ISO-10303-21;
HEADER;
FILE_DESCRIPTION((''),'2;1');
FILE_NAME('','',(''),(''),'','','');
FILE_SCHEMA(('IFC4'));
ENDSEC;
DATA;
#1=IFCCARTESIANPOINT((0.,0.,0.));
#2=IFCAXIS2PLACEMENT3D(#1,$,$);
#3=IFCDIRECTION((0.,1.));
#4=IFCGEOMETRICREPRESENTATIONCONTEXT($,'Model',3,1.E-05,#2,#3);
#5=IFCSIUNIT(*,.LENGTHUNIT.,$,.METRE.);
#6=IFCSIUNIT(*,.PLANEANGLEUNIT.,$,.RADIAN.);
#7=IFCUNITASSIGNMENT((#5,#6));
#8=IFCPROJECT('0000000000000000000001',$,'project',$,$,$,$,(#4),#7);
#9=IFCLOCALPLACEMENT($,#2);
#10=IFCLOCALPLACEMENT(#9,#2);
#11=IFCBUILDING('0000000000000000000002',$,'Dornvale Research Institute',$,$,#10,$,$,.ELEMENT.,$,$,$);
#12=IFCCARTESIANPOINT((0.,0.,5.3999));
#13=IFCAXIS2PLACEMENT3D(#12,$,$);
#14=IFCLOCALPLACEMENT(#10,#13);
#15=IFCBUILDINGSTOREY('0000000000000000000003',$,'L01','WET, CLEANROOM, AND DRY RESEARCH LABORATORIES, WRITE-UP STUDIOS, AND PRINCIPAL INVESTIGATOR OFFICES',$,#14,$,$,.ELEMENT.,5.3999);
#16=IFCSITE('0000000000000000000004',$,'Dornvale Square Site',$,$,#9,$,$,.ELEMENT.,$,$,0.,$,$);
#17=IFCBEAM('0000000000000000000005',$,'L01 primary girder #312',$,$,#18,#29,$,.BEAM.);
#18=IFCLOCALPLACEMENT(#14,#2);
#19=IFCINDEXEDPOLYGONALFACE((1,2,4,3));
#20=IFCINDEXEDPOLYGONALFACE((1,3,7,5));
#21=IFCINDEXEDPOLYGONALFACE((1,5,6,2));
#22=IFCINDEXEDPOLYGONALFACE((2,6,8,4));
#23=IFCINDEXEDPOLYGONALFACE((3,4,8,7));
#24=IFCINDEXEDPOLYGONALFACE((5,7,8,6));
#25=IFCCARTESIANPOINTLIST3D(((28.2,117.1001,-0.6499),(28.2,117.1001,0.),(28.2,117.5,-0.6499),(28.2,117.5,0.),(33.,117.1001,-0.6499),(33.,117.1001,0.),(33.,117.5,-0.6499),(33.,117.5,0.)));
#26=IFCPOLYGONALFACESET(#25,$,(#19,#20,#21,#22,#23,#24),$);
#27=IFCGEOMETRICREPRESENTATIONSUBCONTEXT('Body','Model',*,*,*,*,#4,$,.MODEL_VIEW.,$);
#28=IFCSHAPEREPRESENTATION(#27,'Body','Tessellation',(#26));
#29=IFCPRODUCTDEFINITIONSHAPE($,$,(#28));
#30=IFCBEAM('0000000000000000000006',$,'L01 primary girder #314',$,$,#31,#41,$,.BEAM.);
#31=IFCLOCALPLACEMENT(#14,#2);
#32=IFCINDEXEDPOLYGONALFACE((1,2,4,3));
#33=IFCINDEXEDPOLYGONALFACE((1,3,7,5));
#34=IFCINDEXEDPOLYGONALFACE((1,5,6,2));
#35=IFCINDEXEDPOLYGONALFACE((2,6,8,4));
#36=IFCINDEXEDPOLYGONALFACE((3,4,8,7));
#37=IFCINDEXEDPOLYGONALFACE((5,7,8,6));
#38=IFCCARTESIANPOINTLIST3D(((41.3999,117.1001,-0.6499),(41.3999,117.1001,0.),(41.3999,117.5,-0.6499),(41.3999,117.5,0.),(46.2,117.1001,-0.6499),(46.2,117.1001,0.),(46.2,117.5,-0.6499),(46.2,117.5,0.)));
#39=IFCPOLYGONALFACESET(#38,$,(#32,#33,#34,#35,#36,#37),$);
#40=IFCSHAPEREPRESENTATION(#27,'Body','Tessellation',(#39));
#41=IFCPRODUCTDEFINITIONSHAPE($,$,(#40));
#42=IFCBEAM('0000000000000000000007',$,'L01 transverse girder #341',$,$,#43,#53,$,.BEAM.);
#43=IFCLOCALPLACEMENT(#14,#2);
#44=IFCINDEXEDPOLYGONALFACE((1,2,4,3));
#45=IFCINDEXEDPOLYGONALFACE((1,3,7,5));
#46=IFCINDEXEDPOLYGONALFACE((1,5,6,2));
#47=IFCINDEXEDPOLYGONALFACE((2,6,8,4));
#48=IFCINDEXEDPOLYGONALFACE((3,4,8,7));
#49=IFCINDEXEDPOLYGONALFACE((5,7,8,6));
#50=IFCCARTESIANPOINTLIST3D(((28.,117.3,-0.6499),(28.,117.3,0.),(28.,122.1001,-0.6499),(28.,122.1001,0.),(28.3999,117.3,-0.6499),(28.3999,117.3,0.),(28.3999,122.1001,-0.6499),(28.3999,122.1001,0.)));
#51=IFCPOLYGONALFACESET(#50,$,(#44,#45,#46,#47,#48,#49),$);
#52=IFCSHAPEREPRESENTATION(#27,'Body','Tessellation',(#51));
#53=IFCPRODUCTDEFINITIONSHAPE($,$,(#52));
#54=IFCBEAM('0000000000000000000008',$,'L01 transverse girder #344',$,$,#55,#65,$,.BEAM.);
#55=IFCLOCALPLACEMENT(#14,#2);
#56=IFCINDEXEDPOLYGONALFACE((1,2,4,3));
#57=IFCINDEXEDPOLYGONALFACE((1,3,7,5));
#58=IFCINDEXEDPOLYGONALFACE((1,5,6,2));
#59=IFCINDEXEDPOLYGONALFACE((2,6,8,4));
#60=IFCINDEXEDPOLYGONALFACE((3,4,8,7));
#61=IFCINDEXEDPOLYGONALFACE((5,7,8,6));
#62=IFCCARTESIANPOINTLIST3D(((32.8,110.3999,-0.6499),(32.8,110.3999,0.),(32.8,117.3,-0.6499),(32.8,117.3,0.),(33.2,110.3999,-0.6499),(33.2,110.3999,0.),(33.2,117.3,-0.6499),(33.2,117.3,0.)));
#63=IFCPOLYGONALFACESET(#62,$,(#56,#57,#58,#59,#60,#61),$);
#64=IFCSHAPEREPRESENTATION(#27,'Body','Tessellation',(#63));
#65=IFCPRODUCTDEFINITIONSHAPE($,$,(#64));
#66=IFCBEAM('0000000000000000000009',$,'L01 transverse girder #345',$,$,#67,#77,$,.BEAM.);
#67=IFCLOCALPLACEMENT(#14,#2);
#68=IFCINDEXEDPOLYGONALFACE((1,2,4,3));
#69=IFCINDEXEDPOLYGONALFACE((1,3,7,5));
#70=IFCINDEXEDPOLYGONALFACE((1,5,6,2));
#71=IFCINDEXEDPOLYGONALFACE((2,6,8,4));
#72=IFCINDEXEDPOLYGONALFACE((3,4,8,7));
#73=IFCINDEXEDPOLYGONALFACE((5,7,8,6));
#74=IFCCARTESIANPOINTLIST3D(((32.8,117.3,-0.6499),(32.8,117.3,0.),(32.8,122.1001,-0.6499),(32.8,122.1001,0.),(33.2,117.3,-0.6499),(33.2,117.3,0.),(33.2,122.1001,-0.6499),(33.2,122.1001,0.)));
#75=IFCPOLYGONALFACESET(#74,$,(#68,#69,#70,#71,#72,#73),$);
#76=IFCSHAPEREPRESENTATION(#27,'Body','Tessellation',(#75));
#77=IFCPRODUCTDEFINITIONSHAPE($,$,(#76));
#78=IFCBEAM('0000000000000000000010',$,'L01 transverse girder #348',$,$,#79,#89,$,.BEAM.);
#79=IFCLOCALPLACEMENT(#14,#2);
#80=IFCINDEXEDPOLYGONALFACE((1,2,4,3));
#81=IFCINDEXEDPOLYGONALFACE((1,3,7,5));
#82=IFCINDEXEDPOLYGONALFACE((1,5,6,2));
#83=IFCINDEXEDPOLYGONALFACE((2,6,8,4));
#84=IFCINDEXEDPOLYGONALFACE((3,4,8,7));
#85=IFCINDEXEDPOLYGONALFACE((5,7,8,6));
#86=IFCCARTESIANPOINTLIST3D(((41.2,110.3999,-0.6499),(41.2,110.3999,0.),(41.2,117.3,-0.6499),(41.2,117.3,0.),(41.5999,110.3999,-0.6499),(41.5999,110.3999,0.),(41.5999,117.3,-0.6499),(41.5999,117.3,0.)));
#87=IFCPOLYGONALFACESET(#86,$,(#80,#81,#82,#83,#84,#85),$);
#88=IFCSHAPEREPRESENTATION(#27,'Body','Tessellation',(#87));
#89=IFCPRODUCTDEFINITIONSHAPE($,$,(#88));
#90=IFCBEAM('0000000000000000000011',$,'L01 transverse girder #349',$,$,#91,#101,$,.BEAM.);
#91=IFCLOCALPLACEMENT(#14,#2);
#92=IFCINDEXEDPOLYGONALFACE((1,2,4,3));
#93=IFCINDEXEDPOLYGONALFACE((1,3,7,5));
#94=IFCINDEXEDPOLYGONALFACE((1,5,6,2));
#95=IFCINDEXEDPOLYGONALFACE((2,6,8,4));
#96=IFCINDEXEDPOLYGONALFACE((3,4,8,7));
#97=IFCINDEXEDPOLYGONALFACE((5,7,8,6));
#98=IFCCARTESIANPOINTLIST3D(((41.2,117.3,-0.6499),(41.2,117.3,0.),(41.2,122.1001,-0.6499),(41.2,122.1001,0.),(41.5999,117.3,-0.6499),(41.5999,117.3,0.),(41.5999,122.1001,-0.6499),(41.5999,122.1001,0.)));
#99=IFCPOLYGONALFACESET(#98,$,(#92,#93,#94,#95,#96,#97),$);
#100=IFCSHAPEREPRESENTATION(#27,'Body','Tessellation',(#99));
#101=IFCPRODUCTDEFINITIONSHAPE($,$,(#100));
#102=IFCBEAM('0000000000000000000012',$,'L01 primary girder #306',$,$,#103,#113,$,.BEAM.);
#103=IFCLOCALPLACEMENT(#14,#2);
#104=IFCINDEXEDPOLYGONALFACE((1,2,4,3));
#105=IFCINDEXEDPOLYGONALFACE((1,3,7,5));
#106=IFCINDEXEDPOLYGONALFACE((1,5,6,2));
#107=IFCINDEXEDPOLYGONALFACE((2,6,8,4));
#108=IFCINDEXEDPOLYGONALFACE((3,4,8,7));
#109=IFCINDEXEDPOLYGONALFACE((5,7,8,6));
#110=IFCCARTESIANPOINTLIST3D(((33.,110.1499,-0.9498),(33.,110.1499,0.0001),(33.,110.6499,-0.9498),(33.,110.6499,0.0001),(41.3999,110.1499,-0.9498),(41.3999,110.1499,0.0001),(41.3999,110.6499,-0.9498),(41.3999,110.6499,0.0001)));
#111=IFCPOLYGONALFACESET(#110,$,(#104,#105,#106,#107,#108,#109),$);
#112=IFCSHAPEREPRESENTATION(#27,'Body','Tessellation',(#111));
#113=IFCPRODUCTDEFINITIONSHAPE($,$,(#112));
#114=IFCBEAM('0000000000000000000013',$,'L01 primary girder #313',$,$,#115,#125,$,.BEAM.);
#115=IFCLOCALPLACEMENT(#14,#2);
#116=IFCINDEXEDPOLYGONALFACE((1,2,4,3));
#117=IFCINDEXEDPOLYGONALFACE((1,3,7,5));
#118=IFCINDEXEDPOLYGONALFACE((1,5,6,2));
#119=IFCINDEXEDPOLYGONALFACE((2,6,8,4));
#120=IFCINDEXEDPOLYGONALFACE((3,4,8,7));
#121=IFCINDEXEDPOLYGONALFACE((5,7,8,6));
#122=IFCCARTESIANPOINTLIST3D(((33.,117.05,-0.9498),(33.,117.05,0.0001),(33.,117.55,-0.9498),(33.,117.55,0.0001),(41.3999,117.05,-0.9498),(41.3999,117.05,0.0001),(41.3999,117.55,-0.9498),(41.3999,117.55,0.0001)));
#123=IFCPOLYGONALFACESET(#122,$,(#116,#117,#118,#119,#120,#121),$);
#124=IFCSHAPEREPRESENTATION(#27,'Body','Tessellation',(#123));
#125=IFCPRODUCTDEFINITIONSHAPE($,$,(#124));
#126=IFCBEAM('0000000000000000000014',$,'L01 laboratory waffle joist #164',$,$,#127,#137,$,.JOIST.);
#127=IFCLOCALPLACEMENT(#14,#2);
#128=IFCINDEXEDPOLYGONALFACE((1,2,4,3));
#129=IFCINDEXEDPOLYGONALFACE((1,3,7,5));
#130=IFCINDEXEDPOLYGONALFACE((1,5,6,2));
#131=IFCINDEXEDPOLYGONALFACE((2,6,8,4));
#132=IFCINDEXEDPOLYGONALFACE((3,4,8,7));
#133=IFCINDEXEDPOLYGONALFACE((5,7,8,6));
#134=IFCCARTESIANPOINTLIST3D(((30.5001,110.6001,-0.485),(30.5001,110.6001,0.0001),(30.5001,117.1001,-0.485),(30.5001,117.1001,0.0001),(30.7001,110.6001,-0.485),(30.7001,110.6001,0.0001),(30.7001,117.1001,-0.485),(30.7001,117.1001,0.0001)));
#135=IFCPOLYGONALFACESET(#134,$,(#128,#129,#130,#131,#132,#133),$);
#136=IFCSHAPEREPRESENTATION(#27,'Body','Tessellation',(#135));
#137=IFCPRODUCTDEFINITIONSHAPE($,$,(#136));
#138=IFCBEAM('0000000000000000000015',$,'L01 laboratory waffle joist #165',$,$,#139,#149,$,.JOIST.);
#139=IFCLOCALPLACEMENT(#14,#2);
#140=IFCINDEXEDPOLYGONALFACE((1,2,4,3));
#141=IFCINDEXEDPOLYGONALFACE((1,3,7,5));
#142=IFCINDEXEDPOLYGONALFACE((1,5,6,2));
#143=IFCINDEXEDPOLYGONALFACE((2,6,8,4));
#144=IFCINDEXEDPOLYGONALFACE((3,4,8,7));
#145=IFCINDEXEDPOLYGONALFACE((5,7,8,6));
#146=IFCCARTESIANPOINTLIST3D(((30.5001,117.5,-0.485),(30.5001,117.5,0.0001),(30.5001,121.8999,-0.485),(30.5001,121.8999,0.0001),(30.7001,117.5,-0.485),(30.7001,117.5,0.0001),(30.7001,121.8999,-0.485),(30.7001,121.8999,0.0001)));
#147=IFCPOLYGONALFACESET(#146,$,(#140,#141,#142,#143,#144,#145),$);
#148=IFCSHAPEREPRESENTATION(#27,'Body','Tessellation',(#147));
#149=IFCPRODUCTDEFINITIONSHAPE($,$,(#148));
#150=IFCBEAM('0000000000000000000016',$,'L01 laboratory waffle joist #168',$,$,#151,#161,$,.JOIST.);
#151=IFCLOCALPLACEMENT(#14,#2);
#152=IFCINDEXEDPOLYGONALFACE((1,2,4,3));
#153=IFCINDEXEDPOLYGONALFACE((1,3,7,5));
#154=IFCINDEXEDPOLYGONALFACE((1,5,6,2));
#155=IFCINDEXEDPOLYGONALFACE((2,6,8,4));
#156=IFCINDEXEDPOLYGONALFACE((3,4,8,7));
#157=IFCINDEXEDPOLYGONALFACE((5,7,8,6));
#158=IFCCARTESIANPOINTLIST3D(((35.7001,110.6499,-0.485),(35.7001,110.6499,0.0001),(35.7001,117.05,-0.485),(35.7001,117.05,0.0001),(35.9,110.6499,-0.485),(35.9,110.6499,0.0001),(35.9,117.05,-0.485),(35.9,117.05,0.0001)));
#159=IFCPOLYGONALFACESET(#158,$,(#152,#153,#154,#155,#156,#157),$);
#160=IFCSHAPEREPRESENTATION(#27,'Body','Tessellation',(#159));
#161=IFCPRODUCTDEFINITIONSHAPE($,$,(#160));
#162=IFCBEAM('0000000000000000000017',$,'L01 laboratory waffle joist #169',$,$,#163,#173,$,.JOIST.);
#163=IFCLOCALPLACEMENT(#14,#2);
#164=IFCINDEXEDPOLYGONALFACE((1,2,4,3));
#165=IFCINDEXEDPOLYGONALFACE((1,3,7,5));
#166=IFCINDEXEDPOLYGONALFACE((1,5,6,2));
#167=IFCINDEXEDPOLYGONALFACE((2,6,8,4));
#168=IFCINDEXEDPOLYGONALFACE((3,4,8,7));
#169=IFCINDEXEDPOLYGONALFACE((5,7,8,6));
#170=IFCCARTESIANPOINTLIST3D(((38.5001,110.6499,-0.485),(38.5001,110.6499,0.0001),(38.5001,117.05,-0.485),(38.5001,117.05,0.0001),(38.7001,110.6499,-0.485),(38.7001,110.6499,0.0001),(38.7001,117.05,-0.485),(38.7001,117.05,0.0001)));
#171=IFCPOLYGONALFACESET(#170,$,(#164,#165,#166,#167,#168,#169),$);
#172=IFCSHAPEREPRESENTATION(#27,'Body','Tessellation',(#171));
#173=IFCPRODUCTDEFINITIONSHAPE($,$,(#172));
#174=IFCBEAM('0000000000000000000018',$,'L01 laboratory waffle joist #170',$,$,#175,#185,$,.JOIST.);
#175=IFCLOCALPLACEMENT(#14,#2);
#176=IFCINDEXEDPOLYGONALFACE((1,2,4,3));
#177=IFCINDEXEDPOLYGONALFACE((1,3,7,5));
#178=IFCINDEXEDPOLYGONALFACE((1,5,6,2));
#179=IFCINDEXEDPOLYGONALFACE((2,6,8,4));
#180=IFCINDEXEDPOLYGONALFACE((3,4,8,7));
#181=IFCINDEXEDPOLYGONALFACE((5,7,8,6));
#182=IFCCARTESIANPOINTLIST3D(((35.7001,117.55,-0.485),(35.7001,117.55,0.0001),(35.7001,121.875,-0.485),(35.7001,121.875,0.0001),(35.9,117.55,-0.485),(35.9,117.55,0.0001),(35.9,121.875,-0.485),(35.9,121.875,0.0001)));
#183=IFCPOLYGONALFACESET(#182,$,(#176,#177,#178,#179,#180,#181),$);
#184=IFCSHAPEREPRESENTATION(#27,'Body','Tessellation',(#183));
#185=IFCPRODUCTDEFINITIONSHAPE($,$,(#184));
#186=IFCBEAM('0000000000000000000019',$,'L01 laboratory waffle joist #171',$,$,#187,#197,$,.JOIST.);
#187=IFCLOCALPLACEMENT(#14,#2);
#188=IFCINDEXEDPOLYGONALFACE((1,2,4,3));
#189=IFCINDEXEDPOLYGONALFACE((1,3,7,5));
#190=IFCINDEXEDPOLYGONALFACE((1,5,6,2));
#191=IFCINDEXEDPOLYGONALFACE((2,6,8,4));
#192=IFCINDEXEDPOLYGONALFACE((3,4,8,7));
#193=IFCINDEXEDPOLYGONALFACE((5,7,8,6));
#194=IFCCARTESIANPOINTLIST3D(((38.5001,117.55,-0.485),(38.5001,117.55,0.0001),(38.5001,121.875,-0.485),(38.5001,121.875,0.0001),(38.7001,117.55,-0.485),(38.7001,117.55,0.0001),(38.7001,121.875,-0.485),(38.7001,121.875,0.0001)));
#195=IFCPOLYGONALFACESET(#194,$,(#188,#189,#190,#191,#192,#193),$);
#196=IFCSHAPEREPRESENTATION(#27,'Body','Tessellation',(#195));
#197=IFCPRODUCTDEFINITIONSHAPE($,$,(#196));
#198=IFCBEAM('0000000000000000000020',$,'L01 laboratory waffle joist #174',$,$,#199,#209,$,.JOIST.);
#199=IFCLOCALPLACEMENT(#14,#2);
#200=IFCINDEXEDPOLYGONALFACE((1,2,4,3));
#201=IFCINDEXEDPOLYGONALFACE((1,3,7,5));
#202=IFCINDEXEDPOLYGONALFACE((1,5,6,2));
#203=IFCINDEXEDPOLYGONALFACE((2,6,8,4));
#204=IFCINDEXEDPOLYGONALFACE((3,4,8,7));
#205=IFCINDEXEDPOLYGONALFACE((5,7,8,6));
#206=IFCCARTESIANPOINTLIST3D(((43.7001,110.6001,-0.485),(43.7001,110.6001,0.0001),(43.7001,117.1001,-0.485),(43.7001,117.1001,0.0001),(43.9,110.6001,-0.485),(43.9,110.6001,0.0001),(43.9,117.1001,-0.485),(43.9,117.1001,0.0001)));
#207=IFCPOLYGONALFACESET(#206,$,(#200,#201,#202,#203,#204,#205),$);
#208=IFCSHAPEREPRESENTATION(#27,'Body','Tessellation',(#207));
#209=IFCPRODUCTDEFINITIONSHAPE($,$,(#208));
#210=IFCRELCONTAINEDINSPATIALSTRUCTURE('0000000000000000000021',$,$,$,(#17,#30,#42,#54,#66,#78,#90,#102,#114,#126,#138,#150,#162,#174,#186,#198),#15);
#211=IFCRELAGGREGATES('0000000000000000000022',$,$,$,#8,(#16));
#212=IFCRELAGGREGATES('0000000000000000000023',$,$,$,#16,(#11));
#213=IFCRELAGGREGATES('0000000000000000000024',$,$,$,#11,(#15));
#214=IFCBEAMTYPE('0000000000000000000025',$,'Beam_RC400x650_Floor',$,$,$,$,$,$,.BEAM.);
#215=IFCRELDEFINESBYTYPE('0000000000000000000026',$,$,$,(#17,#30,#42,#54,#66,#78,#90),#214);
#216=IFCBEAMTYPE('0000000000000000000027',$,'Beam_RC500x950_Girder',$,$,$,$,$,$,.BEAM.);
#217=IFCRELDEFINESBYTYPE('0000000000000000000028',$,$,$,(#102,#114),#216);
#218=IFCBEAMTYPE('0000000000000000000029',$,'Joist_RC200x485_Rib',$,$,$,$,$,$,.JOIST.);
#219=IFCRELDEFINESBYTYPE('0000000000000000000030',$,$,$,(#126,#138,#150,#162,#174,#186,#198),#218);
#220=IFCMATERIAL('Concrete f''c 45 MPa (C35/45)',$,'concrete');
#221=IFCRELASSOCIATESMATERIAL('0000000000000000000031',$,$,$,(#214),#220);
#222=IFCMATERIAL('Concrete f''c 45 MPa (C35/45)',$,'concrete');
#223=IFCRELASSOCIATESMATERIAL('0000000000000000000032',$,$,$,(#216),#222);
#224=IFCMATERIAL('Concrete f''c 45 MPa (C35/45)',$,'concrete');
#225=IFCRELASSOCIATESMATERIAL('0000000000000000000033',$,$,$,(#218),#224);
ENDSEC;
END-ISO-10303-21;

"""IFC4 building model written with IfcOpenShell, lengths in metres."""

from ifc_helpers import new_model, si_unit, direction, frame, origin, origin_2d, place, context, subcontext, project, spatial, rectangle, extrude, material, material_profile, profile_set, type_object, element, save


model = new_model("IFC4")

# Units and contexts
model_context = context("Model", 3, precision=1e-05, world=origin(), true_north=direction((0.0, 1.0)))
body_context = subcontext(model_context, "Body", "Model", "MODEL_VIEW")
ifc_project = project(units=[si_unit("LENGTHUNIT", "METRE"), si_unit("PLANEANGLEUNIT", "RADIAN")], contexts=[model_context])

# Site, building, storey
site_placement = place(None, origin())
site = spatial("IfcSite", under=ifc_project, at=site_placement, Name="Dornvale Square Site", CompositionType="ELEMENT", RefElevation=0.0)
building_placement = place(site_placement, origin())
building = spatial("IfcBuilding", under=site, at=building_placement, Name="Dornvale Research Institute", CompositionType="ELEMENT")
storey_placement = place(building_placement, frame((0.0, 0.0, 5.3999)))
storey = spatial("IfcBuildingStorey", under=building, at=storey_placement, Name="L01", Description="WET, CLEANROOM, AND DRY RESEARCH LABORATORIES, WRITE-UP STUDIOS, AND PRINCIPAL INVESTIGATOR OFFICES", CompositionType="ELEMENT", Elevation=5.3999)

# Beams
ifc_material_1 = material(Name="Concrete f'c 45 MPa (C35/45)", Category="concrete")
ifc_material_profile_1 = material_profile(ifc_material_1, rectangle(XDim=0.3999, YDim=0.6499, at=origin_2d()), Name="RC 400x650")
ifc_profile_set_1 = profile_set([ifc_material_profile_1], Name="Concrete f'c 45 MPa (C35/45)")
beam_type_1 = type_object("IfcBeamType", Name="Beam_RC400x650_Floor", PredefinedType="BEAM", material=ifc_profile_set_1)
for number, where, z_axis, x_axis, name in (
    (1, (28.2, 117.3, -0.325), (1.0, 0.0, 0.0), (0.0, 1.0, 0.0), "L01 primary girder #312"),
    (2, (41.3999, 117.3, -0.325), (1.0, 0.0, 0.0), (0.0, 1.0, 0.0), "L01 primary girder #314"),
    (3, (28.2, 117.3, -0.325), (0.0, 1.0, 0.0), (-1.0, 0.0, 0.0), "L01 transverse girder #341"),
):
    element("IfcBeam", number, at=place(storey_placement, frame(where, z_axis=z_axis, x_axis=x_axis)), inside=storey, type_object=beam_type_1, Name=name, PredefinedType="BEAM", context=body_context, shape_type="SweptSolid", body=[
        extrude(rectangle(XDim=0.3999, YDim=0.6499, at=origin_2d()), origin(), (0.0, 0.0, 1.0), 4.8),
    ])
beam_1_placement = place(storey_placement, frame((33.0, 110.3999, -0.325), z_axis=(0.0, 1.0, 0.0), x_axis=(-1.0, 0.0, 0.0)))
element("IfcBeam", 4, at=beam_1_placement, inside=storey, type_object=beam_type_1, Name="L01 transverse girder #344", PredefinedType="BEAM", context=body_context, shape_type="SweptSolid", body=[
    extrude(rectangle(XDim=0.3999, YDim=0.6499, at=origin_2d()), origin(), (0.0, 0.0, 1.0), 6.9001),
])
beam_2_placement = place(storey_placement, frame((33.0, 117.3, -0.325), z_axis=(0.0, 1.0, 0.0), x_axis=(-1.0, 0.0, 0.0)))
element("IfcBeam", 5, at=beam_2_placement, inside=storey, type_object=beam_type_1, Name="L01 transverse girder #345", PredefinedType="BEAM", context=body_context, shape_type="SweptSolid", body=[
    extrude(rectangle(XDim=0.3999, YDim=0.6499, at=origin_2d()), origin(), (0.0, 0.0, 1.0), 4.8),
])
beam_3_placement = place(storey_placement, frame((41.3999, 110.3999, -0.325), z_axis=(0.0, 1.0, 0.0), x_axis=(-1.0, 0.0, 0.0)))
element("IfcBeam", 6, at=beam_3_placement, inside=storey, type_object=beam_type_1, Name="L01 transverse girder #348", PredefinedType="BEAM", context=body_context, shape_type="SweptSolid", body=[
    extrude(rectangle(XDim=0.3999, YDim=0.6499, at=origin_2d()), origin(), (0.0, 0.0, 1.0), 6.9001),
])
beam_4_placement = place(storey_placement, frame((41.3999, 117.3, -0.325), z_axis=(0.0, 1.0, 0.0), x_axis=(-1.0, 0.0, 0.0)))
element("IfcBeam", 7, at=beam_4_placement, inside=storey, type_object=beam_type_1, Name="L01 transverse girder #349", PredefinedType="BEAM", context=body_context, shape_type="SweptSolid", body=[
    extrude(rectangle(XDim=0.3999, YDim=0.6499, at=origin_2d()), origin(), (0.0, 0.0, 1.0), 4.8),
])
ifc_material_2 = material(Name="Concrete f'c 45 MPa (C35/45)", Category="concrete")
ifc_material_profile_2 = material_profile(ifc_material_2, rectangle(XDim=0.5, YDim=0.95, at=origin_2d()), Name="RC 500x950")
ifc_profile_set_2 = profile_set([ifc_material_profile_2], Name="Concrete f'c 45 MPa (C35/45)")
beam_type_2 = type_object("IfcBeamType", Name="Beam_RC500x950_Girder", PredefinedType="BEAM", material=ifc_profile_set_2)
for number, where, z_axis, x_axis, name in (
    (8, (33.0, 110.3999, -0.4749), (1.0, 0.0, 0.0), (0.0, 1.0, 0.0), "L01 primary girder #306"),
    (9, (33.0, 117.3, -0.4749), (1.0, 0.0, 0.0), (0.0, 1.0, 0.0), "L01 primary girder #313"),
):
    element("IfcBeam", number, at=place(storey_placement, frame(where, z_axis=z_axis, x_axis=x_axis)), inside=storey, type_object=beam_type_2, Name=name, PredefinedType="BEAM", context=body_context, shape_type="SweptSolid", body=[
        extrude(rectangle(XDim=0.5, YDim=0.95, at=origin_2d()), origin(), (0.0, 0.0, 1.0), 8.3999),
    ])
ifc_material_3 = material(Name="Concrete f'c 45 MPa (C35/45)", Category="concrete")
ifc_material_profile_3 = material_profile(ifc_material_3, rectangle(XDim=0.2, YDim=0.4851, at=origin_2d()), Name="RC 200x485")
ifc_profile_set_3 = profile_set([ifc_material_profile_3], Name="Concrete f'c 45 MPa (C35/45)")
beam_type_3 = type_object("IfcBeamType", Name="Joist_RC200x485_Rib", PredefinedType="JOIST", material=ifc_profile_set_3)
beam_5_placement = place(storey_placement, frame((30.6001, 110.6001, -0.2424), z_axis=(0.0, 1.0, 0.0), x_axis=(-1.0, 0.0, 0.0)))
element("IfcBeam", 10, at=beam_5_placement, inside=storey, type_object=beam_type_3, Name="L01 laboratory waffle joist #164", PredefinedType="JOIST", context=body_context, shape_type="SweptSolid", body=[
    extrude(rectangle(XDim=0.2, YDim=0.4851, at=origin_2d()), origin(), (0.0, 0.0, 1.0), 6.5),
])
beam_6_placement = place(storey_placement, frame((30.6001, 117.5, -0.2424), z_axis=(0.0, 1.0, 0.0), x_axis=(-1.0, 0.0, 0.0)))
element("IfcBeam", 11, at=beam_6_placement, inside=storey, type_object=beam_type_3, Name="L01 laboratory waffle joist #165", PredefinedType="JOIST", context=body_context, shape_type="SweptSolid", body=[
    extrude(rectangle(XDim=0.2, YDim=0.4851, at=origin_2d()), origin(), (0.0, 0.0, 1.0), 4.3999),
])
for number, where, z_axis, x_axis, name in (
    (12, (35.8, 110.6499, -0.2424), (0.0, 1.0, 0.0), (-1.0, 0.0, 0.0), "L01 laboratory waffle joist #168"),
    (13, (38.6001, 110.6499, -0.2424), (0.0, 1.0, 0.0), (-1.0, 0.0, 0.0), "L01 laboratory waffle joist #169"),
):
    element("IfcBeam", number, at=place(storey_placement, frame(where, z_axis=z_axis, x_axis=x_axis)), inside=storey, type_object=beam_type_3, Name=name, PredefinedType="JOIST", context=body_context, shape_type="SweptSolid", body=[
        extrude(rectangle(XDim=0.2, YDim=0.4851, at=origin_2d()), origin(), (0.0, 0.0, 1.0), 6.4001),
    ])
for number, where, z_axis, x_axis, name in (
    (14, (35.8, 117.55, -0.2424), (0.0, 1.0, 0.0), (-1.0, 0.0, 0.0), "L01 laboratory waffle joist #170"),
    (15, (38.6001, 117.55, -0.2424), (0.0, 1.0, 0.0), (-1.0, 0.0, 0.0), "L01 laboratory waffle joist #171"),
):
    element("IfcBeam", number, at=place(storey_placement, frame(where, z_axis=z_axis, x_axis=x_axis)), inside=storey, type_object=beam_type_3, Name=name, PredefinedType="JOIST", context=body_context, shape_type="SweptSolid", body=[
        extrude(rectangle(XDim=0.2, YDim=0.4851, at=origin_2d()), origin(), (0.0, 0.0, 1.0), 4.325),
    ])
beam_7_placement = place(storey_placement, frame((43.8, 110.6001, -0.2424), z_axis=(0.0, 1.0, 0.0), x_axis=(-1.0, 0.0, 0.0)))
element("IfcBeam", 16, at=beam_7_placement, inside=storey, type_object=beam_type_3, Name="L01 laboratory waffle joist #174", PredefinedType="JOIST", context=body_context, shape_type="SweptSolid", body=[
    extrude(rectangle(XDim=0.2, YDim=0.4851, at=origin_2d()), origin(), (0.0, 0.0, 1.0), 6.5),
])

save(model, "model.ifc")
